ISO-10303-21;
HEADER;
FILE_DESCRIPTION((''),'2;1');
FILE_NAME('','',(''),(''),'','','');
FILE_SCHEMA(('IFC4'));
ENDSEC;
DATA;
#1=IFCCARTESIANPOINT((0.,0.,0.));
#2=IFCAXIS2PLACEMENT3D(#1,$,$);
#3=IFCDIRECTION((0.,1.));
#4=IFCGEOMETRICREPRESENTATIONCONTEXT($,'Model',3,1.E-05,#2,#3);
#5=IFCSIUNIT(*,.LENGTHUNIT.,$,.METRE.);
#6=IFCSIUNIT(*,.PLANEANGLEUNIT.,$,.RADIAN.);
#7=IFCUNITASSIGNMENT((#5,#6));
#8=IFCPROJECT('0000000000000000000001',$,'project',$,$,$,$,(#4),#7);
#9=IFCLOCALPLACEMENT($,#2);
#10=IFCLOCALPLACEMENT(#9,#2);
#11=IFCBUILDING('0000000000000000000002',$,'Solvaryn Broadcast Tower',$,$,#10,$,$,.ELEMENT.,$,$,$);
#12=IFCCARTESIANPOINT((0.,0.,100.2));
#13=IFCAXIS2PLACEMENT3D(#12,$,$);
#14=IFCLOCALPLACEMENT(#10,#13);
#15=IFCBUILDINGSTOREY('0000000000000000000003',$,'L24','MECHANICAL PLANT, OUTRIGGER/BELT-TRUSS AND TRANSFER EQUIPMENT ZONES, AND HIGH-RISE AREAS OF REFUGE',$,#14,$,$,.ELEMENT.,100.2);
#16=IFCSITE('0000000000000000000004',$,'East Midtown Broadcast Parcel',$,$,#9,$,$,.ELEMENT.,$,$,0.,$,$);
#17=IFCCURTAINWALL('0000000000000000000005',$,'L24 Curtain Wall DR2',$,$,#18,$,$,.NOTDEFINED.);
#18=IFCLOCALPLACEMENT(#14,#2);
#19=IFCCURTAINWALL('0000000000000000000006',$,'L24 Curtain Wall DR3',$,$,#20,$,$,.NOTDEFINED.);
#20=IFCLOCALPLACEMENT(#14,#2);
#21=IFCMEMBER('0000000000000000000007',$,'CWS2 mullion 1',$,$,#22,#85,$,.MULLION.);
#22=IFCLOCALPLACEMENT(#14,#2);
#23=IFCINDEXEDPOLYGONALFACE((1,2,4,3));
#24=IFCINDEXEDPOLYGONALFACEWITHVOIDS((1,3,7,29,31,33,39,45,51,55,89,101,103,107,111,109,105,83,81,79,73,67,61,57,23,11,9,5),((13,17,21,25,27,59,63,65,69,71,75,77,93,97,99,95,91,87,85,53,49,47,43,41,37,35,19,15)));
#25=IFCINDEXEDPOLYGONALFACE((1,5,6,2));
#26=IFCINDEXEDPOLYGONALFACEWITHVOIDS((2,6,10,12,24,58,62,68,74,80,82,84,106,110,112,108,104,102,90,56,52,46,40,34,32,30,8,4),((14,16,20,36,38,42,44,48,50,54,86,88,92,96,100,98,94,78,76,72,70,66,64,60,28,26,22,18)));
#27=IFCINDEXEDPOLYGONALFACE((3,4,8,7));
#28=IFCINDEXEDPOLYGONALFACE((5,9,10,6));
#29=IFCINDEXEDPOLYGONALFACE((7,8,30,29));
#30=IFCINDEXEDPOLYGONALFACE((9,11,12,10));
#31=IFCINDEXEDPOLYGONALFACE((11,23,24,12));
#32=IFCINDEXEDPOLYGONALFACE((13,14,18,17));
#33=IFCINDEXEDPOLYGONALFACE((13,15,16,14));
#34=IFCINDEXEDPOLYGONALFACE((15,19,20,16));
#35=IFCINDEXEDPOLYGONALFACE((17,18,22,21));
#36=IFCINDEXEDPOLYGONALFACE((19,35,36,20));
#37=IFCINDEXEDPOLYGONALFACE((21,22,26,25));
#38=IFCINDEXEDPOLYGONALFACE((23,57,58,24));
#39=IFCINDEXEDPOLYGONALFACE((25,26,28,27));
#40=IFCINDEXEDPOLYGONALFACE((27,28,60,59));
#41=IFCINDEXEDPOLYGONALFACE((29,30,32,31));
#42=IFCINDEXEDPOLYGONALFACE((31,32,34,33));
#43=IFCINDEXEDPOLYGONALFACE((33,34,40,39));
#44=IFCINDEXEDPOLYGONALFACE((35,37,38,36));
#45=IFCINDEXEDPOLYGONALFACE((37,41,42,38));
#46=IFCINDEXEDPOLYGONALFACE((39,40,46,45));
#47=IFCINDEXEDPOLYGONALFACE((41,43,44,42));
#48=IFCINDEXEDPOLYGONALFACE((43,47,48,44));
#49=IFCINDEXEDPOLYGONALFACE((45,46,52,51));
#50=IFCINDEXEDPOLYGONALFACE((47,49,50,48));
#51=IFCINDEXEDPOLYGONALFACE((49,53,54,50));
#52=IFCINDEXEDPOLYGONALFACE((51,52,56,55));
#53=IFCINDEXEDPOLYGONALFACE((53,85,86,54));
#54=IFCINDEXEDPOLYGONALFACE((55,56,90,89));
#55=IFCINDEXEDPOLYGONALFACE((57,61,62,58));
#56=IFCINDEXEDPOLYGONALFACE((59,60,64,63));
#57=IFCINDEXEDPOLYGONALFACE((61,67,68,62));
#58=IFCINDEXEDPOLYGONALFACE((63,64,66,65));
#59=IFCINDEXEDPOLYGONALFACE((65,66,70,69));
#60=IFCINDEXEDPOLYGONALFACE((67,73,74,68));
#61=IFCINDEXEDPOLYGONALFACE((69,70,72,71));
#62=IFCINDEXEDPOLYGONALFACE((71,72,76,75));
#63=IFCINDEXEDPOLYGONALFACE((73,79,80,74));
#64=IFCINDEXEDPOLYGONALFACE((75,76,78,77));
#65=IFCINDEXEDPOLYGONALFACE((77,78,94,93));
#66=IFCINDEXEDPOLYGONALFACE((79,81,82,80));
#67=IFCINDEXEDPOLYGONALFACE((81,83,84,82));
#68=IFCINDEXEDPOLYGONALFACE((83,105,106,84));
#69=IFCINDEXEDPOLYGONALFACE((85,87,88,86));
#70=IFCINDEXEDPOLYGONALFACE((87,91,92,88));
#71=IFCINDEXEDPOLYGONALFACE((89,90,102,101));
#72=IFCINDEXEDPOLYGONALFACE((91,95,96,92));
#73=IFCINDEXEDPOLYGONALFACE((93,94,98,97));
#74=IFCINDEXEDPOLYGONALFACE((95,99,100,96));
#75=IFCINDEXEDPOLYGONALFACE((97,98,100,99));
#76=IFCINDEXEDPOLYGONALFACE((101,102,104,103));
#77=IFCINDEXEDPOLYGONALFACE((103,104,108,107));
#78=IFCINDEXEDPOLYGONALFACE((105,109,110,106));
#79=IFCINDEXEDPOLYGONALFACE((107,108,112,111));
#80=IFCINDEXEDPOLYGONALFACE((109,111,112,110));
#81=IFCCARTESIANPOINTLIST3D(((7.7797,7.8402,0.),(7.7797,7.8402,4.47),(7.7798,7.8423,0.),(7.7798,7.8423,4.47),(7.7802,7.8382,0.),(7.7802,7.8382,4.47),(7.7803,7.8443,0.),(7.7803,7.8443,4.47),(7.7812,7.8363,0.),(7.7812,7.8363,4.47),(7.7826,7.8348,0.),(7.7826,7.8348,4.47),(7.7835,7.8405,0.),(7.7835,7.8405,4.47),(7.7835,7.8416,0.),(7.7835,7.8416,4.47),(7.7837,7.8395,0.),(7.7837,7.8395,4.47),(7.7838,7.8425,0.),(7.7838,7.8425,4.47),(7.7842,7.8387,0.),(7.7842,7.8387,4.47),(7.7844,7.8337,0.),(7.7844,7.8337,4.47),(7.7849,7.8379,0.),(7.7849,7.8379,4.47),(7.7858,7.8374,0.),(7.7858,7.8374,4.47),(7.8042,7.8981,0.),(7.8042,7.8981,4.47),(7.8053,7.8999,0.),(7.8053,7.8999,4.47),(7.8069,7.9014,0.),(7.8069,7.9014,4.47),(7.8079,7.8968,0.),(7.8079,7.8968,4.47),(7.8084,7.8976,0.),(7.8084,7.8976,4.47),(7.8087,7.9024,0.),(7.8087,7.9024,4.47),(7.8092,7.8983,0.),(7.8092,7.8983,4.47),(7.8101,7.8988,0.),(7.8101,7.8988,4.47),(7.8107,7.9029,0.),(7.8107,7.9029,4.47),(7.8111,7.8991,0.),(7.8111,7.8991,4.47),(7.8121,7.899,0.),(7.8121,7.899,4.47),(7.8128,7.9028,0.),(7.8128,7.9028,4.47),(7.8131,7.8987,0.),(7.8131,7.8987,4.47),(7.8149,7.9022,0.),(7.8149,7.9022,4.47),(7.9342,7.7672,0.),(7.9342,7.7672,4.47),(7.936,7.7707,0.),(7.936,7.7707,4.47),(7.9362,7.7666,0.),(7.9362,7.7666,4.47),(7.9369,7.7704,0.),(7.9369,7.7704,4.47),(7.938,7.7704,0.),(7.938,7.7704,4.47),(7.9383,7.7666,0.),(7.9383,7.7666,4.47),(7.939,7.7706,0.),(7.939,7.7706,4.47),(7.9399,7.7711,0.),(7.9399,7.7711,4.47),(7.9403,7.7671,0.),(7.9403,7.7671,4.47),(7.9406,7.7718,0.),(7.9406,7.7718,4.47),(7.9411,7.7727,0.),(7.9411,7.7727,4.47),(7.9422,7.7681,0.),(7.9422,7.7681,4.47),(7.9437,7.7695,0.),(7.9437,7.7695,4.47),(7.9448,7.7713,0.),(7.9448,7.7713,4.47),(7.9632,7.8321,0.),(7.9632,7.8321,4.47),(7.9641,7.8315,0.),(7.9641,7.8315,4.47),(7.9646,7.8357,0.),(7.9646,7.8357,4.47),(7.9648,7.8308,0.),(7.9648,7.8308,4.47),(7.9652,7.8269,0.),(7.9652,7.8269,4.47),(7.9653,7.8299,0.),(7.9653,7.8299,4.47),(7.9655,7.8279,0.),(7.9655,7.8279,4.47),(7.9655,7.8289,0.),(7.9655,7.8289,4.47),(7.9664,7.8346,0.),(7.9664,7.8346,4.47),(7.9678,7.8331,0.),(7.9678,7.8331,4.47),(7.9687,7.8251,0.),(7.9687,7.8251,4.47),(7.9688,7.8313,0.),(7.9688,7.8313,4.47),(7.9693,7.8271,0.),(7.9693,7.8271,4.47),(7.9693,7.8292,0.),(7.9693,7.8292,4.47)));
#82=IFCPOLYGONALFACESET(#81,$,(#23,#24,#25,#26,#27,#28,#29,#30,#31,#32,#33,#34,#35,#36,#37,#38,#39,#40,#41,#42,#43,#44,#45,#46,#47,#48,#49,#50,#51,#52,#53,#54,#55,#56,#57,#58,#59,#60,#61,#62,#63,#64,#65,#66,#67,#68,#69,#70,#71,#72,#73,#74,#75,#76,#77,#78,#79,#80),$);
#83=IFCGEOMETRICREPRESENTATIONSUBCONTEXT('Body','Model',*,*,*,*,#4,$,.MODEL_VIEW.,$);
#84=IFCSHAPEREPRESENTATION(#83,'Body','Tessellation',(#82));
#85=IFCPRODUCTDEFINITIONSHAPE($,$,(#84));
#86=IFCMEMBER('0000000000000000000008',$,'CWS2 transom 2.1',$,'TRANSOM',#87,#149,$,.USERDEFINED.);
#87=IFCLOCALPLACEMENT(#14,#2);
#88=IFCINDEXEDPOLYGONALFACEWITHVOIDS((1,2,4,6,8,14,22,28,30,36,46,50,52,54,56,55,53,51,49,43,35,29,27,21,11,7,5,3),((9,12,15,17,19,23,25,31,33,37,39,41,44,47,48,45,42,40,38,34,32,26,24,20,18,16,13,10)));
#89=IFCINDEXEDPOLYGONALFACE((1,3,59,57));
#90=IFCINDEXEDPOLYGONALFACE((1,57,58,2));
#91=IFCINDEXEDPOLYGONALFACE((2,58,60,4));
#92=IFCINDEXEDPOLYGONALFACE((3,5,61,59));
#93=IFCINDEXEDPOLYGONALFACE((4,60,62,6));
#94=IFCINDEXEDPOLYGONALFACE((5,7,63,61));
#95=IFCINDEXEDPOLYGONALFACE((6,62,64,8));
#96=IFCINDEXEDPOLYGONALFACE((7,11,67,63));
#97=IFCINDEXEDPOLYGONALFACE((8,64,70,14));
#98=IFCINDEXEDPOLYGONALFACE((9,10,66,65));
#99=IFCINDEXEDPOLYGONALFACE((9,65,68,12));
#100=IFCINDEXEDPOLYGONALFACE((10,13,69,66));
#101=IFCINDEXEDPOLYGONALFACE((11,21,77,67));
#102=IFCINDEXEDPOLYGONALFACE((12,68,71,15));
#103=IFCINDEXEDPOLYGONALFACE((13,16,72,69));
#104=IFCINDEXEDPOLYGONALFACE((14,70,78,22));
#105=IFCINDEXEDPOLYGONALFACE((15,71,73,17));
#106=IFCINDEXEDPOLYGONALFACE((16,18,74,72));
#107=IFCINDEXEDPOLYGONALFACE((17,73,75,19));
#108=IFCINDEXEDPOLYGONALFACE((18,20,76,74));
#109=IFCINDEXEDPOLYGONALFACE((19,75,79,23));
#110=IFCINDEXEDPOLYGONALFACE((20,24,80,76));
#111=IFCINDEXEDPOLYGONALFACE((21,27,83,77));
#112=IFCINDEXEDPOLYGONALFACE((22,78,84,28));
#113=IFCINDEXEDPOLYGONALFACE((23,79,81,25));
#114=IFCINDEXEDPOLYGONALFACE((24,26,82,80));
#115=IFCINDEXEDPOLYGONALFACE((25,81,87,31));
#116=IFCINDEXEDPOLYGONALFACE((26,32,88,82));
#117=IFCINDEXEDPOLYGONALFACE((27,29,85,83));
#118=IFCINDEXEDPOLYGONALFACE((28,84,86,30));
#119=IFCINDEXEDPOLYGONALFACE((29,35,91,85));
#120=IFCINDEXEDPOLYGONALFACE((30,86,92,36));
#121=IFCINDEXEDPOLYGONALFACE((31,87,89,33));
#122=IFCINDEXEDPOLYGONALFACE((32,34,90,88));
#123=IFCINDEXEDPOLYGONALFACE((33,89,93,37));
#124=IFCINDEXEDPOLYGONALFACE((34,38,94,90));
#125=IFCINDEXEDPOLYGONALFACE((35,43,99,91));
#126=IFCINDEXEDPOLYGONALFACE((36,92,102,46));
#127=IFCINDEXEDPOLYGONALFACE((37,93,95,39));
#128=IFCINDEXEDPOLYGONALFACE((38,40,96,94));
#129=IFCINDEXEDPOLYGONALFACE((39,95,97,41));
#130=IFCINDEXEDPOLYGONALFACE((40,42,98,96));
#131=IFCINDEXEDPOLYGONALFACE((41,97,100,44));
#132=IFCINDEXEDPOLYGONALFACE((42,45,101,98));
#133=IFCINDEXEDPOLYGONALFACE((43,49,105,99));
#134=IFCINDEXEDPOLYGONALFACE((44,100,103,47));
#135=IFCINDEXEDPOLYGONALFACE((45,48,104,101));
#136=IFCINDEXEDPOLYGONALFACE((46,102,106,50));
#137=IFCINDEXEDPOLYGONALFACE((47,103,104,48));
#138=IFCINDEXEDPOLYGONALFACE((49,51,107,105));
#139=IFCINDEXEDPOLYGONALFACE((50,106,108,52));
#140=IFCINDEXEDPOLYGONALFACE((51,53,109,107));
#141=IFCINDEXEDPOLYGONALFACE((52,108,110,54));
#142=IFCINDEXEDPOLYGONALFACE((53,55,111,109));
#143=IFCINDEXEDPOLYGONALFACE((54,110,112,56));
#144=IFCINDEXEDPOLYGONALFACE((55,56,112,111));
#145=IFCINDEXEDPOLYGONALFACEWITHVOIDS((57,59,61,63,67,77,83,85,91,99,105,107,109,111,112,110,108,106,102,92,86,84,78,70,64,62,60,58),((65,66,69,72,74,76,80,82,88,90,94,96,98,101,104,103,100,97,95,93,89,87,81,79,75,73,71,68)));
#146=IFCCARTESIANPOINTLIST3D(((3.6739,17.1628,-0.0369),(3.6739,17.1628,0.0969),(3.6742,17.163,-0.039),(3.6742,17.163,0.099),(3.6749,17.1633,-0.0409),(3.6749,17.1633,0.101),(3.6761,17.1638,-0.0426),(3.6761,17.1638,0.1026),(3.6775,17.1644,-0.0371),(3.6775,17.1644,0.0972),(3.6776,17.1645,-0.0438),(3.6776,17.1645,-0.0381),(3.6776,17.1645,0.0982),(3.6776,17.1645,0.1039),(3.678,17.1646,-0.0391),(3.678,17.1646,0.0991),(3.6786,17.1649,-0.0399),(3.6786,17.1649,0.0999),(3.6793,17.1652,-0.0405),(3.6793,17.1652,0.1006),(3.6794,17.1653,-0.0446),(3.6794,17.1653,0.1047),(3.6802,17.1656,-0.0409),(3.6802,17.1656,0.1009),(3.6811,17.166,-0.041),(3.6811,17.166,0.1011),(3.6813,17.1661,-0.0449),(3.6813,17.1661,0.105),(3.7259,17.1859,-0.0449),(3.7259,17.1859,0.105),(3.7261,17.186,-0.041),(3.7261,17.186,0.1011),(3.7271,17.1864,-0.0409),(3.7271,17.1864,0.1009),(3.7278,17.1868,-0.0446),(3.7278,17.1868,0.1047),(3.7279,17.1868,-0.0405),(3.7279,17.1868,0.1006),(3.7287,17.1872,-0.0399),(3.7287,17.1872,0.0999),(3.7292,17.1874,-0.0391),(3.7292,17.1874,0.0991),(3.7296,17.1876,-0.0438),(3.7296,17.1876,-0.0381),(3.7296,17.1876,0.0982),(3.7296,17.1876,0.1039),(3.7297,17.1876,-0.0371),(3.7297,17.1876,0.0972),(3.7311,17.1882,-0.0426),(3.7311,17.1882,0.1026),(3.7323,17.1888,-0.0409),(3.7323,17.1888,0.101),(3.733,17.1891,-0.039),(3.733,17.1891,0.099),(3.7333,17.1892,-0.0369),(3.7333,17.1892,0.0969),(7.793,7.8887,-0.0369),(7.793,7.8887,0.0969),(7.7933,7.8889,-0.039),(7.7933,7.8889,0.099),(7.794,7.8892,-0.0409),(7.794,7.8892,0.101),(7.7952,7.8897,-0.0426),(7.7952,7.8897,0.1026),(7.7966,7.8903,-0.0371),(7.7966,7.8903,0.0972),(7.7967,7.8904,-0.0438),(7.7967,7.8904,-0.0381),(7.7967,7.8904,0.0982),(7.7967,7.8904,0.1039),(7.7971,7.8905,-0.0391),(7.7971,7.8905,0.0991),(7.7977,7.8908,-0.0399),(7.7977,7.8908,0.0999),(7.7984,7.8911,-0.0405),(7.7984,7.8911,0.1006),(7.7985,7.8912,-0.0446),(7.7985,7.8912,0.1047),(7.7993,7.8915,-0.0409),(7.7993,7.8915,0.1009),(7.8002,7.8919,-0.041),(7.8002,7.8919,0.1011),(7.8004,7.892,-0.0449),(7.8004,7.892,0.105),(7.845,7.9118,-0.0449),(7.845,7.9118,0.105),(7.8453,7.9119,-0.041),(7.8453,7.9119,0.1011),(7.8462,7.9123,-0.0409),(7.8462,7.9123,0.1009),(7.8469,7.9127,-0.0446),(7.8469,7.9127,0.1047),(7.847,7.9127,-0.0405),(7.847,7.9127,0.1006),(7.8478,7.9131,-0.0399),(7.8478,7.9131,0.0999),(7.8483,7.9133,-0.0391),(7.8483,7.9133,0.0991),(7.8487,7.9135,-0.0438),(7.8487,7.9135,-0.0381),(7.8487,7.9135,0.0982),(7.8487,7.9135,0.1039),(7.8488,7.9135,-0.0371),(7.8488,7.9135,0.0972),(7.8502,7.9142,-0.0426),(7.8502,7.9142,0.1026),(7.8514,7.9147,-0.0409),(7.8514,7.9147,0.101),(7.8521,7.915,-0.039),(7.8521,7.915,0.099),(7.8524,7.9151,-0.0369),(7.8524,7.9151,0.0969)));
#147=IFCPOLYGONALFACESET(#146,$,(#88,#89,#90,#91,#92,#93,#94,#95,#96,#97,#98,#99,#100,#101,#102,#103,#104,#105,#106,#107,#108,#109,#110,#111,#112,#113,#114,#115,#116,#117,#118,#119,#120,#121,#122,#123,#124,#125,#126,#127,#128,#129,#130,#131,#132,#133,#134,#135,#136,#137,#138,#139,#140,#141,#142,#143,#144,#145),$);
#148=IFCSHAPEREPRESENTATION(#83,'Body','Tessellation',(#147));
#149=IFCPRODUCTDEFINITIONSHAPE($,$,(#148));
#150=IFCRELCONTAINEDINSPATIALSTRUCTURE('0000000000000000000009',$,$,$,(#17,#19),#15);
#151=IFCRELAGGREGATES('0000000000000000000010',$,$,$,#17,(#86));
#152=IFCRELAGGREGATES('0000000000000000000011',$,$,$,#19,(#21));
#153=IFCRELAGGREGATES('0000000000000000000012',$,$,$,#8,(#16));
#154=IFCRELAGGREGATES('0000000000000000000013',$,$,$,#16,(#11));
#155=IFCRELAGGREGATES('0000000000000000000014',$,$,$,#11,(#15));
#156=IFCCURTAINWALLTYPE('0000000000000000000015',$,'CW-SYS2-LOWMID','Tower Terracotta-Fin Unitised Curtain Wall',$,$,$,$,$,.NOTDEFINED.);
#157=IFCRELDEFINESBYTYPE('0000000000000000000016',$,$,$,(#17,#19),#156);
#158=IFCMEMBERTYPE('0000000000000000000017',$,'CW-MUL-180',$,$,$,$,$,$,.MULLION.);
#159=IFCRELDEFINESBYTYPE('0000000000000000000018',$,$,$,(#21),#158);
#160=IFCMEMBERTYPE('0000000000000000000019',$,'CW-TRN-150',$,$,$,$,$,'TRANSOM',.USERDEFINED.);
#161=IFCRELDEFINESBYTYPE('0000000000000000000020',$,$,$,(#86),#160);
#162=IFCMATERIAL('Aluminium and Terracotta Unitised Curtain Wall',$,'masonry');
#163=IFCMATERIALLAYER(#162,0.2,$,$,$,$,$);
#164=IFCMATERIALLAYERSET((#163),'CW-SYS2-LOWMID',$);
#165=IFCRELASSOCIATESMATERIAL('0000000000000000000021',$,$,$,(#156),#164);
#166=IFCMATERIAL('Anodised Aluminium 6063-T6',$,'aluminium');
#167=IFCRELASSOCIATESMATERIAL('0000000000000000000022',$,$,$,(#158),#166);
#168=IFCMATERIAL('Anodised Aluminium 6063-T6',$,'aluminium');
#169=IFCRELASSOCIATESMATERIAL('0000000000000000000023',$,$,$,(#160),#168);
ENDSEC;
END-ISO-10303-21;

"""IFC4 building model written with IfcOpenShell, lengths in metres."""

from ifc_helpers import new_model, si_unit, direction, frame, origin, origin_2d, place, context, subcontext, project, spatial, hollow_rectangle, extrude, material, layer, layer_set, material_profile, profile_set, type_object, element, aggregate, save


model = new_model("IFC4")

# Units and contexts
model_context = context("Model", 3, precision=1e-05, world=origin(), true_north=direction((0.0, 1.0)))
body_context = subcontext(model_context, "Body", "Model", "MODEL_VIEW")
ifc_project = project(units=[si_unit("LENGTHUNIT", "METRE"), si_unit("PLANEANGLEUNIT", "RADIAN")], contexts=[model_context])

# Site, building, storey
site_placement = place(None, origin())
site = spatial("IfcSite", under=ifc_project, at=site_placement, Name="East Midtown Broadcast Parcel", CompositionType="ELEMENT", RefElevation=0.0)
building_placement = place(site_placement, origin())
building = spatial("IfcBuilding", under=site, at=building_placement, Name="Solvaryn Broadcast Tower", CompositionType="ELEMENT")
storey_placement = place(building_placement, frame((0.0, 0.0, 100.2)))
storey = spatial("IfcBuildingStorey", under=building, at=storey_placement, Name="L24", Description="MECHANICAL PLANT, OUTRIGGER/BELT-TRUSS AND TRANSFER EQUIPMENT ZONES, AND HIGH-RISE AREAS OF REFUGE", CompositionType="ELEMENT", Elevation=100.2)

# Curtain wall
ifc_material_1 = material(Name="Aluminium and Terracotta Unitised Curtain Wall", Category="masonry")
ifc_layer_1 = layer(ifc_material_1, 0.2)
ifc_layer_set_1 = layer_set([ifc_layer_1], Name="CW-SYS2-LOWMID")
curtain_wall_type = type_object("IfcCurtainWallType", Name="CW-SYS2-LOWMID", Description="Tower Terracotta-Fin Unitised Curtain Wall", PredefinedType="NOTDEFINED", material=ifc_layer_set_1)
curtain_wall_1_placement = place(storey_placement, origin())
curtain_wall_1 = element("IfcCurtainWall", 1, at=curtain_wall_1_placement, inside=storey, type_object=curtain_wall_type, Name="L24 Curtain Wall DR2", PredefinedType="NOTDEFINED")
ifc_material_2 = material(Name="Anodised Aluminium 6063-T6", Category="aluminium")
ifc_material_profile_1 = material_profile(ifc_material_2, hollow_rectangle(XDim=0.075, YDim=0.1799, WallThickness=0.0039, InnerFilletRadius=0.0039, OuterFilletRadius=0.0081, at=origin_2d()))
ifc_profile_set_1 = profile_set([ifc_material_profile_1], Name="Anodised Aluminium 6063-T6")
member_type_1 = type_object("IfcMemberType", Name="CW-MUL-180", PredefinedType="MULLION", material=ifc_profile_set_1)

# Curtain wall, member
curtain_wall_2_placement = place(storey_placement, origin())
curtain_wall_2 = element("IfcCurtainWall", 2, at=curtain_wall_2_placement, inside=storey, type_object=curtain_wall_type, Name="L24 Curtain Wall DR3", PredefinedType="NOTDEFINED")
member_1_placement = place(storey_placement, frame((7.8745, 7.8347, 0.0), z_axis=(0.0, 0.0, 1.0), x_axis=(0.405898, 0.913918, 0.0)))
member_1 = element("IfcMember", 3, at=member_1_placement, type_object=member_type_1, Name="CWS2 mullion 1", PredefinedType="MULLION", context=body_context, shape_type="SweptSolid", body=[
    extrude(hollow_rectangle(XDim=0.075, YDim=0.1799, WallThickness=0.0039, InnerFilletRadius=0.0039, OuterFilletRadius=0.0081, at=origin_2d()), origin(), (0.0, 0.0, 1.0), 4.47),
])

# Member
ifc_material_3 = material(Name="Anodised Aluminium 6063-T6", Category="aluminium")
ifc_material_profile_2 = material_profile(ifc_material_3, hollow_rectangle(XDim=0.0649, YDim=0.1499, WallThickness=0.0039, InnerFilletRadius=0.0039, OuterFilletRadius=0.0081, at=origin_2d()))
ifc_profile_set_2 = profile_set([ifc_material_profile_2], Name="Anodised Aluminium 6063-T6")
member_type_2 = type_object("IfcMemberType", Name="CW-TRN-150", ElementType="TRANSOM", PredefinedType="USERDEFINED", material=ifc_profile_set_2)
member_2_placement = place(storey_placement, frame((3.7036, 17.176, 0.03), z_axis=(0.405915, -0.913911, 0.0), x_axis=(0.913911, 0.405915, 0.0)))
member_2 = element("IfcMember", 4, at=member_2_placement, type_object=member_type_2, Name="CWS2 transom 2.1", ObjectType="TRANSOM", PredefinedType="USERDEFINED", context=body_context, shape_type="SweptSolid", body=[
    extrude(hollow_rectangle(XDim=0.0649, YDim=0.1499, WallThickness=0.0039, InnerFilletRadius=0.0039, OuterFilletRadius=0.0081, at=origin_2d()), origin(), (0.0, 0.0, 1.0), 10.1477),
])

aggregate(curtain_wall_1, [member_2])
aggregate(curtain_wall_2, [member_1])

save(model, "model.ifc")
